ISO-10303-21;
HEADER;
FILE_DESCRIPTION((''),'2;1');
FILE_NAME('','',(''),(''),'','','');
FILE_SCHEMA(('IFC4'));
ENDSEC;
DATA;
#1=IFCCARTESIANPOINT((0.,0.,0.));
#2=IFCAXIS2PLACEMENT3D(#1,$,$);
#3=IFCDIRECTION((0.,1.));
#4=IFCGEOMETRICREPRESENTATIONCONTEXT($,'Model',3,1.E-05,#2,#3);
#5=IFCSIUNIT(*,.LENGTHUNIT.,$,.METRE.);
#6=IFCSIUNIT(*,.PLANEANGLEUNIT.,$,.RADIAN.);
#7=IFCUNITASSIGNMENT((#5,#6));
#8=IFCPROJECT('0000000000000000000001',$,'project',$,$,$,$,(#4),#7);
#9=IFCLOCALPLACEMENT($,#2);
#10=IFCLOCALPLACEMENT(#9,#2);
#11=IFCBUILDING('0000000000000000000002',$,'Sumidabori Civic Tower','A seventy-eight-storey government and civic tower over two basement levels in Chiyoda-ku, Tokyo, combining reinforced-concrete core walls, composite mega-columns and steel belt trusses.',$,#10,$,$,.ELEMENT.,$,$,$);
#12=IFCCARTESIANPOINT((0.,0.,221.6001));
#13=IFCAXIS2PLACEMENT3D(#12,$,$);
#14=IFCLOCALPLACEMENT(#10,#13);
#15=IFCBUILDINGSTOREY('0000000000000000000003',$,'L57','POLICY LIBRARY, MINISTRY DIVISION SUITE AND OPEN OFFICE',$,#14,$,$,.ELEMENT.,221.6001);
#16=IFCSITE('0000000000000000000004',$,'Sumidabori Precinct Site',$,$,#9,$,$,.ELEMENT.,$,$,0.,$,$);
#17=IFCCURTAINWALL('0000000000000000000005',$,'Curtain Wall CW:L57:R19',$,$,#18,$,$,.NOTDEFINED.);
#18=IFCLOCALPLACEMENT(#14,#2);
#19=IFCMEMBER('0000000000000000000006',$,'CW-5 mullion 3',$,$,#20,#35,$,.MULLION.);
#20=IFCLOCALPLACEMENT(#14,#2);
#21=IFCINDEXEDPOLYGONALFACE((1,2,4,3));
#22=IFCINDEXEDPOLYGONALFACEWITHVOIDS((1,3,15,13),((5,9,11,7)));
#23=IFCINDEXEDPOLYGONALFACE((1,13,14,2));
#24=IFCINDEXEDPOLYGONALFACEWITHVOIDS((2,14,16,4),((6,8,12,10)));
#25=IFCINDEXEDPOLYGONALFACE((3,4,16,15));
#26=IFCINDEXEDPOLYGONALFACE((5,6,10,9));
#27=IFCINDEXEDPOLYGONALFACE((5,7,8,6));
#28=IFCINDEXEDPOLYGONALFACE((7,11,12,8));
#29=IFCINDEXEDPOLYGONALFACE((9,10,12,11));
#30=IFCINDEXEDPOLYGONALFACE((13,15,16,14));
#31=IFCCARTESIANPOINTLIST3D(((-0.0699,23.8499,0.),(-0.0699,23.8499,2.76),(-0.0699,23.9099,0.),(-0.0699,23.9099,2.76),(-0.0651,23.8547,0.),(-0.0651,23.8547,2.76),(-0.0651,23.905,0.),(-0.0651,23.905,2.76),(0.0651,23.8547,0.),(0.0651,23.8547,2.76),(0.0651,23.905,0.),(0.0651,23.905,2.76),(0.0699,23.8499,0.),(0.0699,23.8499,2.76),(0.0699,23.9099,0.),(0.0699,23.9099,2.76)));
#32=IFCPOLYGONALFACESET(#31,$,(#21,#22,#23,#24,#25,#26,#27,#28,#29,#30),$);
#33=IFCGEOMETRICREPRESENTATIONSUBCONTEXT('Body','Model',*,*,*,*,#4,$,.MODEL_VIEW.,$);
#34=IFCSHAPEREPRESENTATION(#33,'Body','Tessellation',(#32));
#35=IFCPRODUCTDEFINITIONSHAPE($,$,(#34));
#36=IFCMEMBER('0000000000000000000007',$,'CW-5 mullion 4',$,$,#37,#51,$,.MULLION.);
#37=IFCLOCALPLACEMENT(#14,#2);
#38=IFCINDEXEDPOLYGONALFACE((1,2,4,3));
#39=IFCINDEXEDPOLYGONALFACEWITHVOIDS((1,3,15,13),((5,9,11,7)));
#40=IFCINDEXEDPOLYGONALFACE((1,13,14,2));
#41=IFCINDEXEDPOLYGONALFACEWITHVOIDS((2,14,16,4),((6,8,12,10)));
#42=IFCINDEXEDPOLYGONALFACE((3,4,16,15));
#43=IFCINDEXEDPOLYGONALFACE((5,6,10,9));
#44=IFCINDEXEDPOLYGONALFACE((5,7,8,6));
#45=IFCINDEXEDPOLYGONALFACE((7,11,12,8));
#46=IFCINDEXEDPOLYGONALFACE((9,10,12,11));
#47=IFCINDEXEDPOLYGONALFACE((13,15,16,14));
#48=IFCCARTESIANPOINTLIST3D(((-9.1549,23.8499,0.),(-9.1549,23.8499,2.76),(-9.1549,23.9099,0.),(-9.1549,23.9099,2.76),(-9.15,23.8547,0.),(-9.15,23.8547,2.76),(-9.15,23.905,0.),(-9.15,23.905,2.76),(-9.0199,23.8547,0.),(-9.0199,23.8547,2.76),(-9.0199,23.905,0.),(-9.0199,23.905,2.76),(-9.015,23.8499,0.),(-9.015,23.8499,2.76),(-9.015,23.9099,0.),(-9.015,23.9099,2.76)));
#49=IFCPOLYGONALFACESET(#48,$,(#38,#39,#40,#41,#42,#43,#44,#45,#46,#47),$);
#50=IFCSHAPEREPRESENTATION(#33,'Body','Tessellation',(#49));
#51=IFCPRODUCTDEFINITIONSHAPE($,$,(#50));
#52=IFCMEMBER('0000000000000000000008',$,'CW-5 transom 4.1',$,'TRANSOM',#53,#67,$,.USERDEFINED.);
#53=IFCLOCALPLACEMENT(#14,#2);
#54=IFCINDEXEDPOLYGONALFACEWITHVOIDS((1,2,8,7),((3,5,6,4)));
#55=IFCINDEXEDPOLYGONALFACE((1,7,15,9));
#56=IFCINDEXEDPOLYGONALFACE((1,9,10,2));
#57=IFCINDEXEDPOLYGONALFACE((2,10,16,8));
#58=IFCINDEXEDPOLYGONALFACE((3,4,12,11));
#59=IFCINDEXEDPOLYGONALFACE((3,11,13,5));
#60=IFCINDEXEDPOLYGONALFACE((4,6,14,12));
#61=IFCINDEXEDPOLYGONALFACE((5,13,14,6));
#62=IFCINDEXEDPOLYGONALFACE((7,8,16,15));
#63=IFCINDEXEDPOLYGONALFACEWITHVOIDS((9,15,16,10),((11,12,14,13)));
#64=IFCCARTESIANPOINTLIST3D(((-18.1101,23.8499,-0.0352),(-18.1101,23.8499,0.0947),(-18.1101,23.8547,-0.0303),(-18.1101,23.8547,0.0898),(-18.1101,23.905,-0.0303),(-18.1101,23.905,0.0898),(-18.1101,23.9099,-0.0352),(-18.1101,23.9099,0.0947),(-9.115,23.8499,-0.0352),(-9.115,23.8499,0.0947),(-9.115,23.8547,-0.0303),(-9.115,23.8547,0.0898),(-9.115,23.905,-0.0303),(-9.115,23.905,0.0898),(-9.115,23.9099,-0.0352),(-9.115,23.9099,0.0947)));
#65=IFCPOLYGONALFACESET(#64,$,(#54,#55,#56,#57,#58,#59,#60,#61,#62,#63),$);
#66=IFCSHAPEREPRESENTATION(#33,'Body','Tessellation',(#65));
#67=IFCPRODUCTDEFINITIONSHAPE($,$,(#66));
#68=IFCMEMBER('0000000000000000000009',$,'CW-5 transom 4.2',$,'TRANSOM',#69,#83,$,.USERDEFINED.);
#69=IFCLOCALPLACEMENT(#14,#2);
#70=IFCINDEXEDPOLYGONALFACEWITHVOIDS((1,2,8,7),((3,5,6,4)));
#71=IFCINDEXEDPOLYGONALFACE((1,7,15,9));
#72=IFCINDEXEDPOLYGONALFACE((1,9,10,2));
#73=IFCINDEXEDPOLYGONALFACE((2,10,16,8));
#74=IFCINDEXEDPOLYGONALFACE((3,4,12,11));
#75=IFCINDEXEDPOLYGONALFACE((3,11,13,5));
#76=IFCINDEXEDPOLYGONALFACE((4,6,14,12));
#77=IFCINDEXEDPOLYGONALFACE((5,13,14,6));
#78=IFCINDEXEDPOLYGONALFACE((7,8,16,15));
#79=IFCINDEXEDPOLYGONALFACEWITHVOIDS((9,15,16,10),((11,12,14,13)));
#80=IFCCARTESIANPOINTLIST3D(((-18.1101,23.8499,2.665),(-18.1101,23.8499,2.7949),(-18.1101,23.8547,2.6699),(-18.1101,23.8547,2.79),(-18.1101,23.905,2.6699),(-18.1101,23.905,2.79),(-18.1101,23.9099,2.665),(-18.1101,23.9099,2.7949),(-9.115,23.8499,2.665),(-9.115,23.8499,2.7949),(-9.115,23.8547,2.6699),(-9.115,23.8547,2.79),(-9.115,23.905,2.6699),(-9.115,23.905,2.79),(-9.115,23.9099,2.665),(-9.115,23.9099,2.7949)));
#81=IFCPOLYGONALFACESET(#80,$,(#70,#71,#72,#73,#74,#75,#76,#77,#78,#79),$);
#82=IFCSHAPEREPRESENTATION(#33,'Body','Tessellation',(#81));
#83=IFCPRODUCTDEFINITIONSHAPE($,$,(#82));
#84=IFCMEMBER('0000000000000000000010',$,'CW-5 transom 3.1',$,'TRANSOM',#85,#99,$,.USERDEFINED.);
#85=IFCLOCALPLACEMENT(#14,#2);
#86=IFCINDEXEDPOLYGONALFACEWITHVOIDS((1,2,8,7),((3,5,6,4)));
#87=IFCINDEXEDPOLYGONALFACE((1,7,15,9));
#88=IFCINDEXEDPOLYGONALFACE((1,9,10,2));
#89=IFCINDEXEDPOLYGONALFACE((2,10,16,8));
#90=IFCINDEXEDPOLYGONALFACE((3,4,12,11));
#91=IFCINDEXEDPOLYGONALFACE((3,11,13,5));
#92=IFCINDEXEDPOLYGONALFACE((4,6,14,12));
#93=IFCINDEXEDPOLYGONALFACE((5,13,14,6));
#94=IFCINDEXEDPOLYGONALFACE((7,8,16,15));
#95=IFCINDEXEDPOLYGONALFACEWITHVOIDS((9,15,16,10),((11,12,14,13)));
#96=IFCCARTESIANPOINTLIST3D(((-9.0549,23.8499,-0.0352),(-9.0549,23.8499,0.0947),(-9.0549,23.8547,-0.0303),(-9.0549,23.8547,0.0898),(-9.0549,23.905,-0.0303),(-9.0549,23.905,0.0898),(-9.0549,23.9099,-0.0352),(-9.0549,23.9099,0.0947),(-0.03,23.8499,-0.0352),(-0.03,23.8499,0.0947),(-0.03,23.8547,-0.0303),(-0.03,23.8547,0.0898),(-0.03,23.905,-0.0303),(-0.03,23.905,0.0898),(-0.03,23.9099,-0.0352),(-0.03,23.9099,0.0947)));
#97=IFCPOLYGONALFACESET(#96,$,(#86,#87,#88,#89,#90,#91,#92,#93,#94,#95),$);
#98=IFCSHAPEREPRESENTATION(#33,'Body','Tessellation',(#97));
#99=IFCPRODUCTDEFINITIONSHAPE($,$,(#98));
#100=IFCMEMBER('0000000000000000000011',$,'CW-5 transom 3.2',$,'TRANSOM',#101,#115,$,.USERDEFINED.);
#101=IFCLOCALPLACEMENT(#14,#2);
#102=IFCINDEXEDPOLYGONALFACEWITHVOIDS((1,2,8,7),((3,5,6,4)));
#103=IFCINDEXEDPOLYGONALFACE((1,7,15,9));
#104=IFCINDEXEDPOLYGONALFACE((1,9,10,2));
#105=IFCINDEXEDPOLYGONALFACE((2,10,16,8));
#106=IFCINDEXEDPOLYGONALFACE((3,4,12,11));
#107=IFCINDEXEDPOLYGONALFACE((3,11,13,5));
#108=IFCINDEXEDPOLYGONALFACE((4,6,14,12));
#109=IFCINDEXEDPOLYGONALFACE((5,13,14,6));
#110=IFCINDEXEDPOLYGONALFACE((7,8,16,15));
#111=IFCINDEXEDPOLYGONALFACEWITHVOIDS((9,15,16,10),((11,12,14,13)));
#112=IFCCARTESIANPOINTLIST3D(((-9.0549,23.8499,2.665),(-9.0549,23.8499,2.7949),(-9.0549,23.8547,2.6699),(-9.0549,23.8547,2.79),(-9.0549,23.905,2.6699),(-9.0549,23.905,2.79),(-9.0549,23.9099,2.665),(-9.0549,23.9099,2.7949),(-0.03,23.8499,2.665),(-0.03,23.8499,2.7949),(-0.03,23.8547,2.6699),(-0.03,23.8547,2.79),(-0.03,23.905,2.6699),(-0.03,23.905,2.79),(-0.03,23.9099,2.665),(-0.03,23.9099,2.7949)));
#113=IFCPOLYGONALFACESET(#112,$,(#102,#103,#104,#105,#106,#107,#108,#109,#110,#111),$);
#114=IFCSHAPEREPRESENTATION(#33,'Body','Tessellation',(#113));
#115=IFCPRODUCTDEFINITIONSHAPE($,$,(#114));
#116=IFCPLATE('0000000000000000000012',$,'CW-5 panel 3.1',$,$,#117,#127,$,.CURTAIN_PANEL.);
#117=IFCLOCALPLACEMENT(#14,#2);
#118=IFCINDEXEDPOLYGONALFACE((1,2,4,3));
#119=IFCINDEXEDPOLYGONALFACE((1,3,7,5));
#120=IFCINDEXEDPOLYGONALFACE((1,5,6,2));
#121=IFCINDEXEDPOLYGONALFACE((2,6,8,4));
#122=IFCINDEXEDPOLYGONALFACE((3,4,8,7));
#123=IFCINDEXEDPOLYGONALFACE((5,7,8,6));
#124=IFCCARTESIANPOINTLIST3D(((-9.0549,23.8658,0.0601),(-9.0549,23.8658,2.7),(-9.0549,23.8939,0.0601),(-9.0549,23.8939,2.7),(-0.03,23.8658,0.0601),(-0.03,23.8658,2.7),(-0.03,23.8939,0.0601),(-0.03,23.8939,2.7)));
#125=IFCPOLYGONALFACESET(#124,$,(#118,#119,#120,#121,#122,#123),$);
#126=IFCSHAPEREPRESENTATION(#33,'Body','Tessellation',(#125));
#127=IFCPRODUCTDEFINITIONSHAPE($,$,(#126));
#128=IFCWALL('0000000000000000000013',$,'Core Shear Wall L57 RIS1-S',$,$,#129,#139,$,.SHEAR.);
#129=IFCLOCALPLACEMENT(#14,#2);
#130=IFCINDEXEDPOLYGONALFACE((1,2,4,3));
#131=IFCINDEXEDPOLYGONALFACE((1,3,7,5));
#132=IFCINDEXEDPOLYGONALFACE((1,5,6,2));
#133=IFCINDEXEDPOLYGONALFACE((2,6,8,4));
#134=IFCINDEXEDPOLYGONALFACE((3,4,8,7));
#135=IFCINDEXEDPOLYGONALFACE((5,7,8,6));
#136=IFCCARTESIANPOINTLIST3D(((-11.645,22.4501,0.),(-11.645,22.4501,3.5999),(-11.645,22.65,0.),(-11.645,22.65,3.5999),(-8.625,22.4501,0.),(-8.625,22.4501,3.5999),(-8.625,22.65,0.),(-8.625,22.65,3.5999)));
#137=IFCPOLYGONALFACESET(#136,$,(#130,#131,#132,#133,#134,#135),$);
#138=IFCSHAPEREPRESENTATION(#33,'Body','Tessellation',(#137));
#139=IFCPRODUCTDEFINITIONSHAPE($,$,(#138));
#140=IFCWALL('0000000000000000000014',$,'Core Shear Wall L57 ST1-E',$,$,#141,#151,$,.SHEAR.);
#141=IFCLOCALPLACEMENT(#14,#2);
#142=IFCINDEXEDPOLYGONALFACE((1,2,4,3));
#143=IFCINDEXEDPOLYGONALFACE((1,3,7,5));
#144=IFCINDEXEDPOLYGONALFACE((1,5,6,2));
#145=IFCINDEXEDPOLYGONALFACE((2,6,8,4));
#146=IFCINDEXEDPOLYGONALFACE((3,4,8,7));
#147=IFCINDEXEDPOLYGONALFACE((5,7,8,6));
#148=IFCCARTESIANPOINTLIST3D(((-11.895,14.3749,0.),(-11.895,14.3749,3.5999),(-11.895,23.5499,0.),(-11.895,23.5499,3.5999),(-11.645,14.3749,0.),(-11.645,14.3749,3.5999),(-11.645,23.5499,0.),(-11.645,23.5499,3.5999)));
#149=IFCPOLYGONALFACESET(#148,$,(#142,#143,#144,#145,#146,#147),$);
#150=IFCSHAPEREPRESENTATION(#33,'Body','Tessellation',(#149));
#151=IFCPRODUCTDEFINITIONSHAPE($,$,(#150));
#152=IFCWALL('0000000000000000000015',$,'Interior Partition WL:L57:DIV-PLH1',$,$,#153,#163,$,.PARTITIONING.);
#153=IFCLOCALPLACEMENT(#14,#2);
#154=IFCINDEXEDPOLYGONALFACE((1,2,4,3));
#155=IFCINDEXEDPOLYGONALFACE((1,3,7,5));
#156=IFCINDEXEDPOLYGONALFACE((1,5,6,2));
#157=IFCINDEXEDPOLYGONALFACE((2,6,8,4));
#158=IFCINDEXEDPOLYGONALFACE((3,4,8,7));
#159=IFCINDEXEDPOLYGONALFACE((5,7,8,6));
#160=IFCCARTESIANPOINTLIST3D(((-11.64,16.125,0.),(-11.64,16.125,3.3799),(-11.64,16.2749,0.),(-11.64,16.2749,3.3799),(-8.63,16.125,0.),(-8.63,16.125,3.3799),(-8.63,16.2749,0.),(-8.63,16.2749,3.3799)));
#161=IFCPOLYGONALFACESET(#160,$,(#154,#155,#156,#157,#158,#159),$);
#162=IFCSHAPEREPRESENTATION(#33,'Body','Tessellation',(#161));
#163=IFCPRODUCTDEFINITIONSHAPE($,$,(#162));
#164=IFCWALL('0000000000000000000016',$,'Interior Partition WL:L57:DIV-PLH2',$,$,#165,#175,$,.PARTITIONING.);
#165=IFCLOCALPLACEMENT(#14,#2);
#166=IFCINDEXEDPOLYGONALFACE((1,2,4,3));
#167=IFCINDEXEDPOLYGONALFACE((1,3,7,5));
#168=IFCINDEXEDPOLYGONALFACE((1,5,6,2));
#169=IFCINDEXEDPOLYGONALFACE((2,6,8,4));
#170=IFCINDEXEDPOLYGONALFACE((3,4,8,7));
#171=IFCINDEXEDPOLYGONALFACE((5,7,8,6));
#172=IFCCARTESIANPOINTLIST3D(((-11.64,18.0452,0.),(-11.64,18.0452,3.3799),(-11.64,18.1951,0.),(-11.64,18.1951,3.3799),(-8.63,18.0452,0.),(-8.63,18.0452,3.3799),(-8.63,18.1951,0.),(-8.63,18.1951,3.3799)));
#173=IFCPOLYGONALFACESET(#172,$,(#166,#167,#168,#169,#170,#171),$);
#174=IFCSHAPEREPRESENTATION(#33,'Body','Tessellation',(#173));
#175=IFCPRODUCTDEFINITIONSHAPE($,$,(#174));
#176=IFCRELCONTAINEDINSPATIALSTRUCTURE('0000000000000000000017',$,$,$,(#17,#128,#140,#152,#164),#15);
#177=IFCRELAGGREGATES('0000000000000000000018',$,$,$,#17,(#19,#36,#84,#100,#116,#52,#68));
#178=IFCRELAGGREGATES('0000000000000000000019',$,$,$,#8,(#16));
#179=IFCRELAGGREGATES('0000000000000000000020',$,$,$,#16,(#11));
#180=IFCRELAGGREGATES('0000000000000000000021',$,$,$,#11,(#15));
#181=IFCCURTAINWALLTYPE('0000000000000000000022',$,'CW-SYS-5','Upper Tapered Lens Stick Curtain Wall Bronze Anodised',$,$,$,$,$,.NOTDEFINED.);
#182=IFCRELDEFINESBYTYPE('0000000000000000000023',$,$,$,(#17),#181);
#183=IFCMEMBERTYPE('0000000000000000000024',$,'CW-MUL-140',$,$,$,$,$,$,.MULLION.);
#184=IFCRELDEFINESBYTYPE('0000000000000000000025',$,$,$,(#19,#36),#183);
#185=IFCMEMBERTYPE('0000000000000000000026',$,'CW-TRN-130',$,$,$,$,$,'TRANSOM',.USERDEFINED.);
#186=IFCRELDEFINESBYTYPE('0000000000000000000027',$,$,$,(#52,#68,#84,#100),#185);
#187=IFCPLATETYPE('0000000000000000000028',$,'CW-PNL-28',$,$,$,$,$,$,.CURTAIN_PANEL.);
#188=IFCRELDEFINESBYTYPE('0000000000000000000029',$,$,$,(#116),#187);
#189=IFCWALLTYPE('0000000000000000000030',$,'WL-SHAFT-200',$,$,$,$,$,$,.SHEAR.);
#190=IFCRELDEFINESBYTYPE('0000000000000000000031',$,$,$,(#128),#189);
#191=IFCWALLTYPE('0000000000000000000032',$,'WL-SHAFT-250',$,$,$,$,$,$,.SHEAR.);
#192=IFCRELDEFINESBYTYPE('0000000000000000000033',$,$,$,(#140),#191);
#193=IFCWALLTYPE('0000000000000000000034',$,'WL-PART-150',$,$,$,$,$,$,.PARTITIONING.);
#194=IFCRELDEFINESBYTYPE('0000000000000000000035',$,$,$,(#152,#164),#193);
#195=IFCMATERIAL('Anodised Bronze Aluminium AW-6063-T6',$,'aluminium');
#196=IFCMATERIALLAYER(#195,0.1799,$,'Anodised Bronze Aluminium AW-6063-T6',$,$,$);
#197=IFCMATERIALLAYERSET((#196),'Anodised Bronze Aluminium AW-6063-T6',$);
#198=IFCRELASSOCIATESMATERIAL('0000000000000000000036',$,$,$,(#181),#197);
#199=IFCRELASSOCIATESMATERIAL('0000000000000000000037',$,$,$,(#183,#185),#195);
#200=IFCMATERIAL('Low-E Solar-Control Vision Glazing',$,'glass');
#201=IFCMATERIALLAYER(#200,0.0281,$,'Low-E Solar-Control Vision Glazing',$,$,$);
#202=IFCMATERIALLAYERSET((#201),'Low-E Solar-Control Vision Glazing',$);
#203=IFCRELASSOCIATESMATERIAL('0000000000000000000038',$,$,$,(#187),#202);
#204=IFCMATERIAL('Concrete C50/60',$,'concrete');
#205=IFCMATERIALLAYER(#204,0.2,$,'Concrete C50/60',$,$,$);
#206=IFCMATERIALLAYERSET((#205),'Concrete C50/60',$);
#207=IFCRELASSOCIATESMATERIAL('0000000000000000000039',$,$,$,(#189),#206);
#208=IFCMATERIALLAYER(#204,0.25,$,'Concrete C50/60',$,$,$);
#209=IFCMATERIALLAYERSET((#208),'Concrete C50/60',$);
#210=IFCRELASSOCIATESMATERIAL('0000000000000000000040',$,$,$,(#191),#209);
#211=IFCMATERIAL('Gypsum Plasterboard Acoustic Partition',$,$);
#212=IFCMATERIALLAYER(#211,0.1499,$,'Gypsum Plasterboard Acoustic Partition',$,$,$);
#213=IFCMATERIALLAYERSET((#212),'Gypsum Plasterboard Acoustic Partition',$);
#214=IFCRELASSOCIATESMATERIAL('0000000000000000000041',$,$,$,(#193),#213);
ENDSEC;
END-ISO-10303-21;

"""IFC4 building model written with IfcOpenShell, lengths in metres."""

from ifc_helpers import new_model, si_unit, direction, frame, frame_2d, origin, origin_2d, place, context, subcontext, project, spatial, rectangle, hollow_rectangle, extrude, source, transform, mapped, material, layer, layer_set, material_profile, profile_set, type_object, element, aggregate, save


model = new_model("IFC4")

# Units and contexts
model_context = context("Model", 3, precision=1e-05, world=origin(), true_north=direction((0.0, 1.0)))
body_context = subcontext(model_context, "Body", "Model", "MODEL_VIEW")
ifc_project = project(units=[si_unit("LENGTHUNIT", "METRE"), si_unit("PLANEANGLEUNIT", "RADIAN")], contexts=[model_context])

# Site, building, storey
site_placement = place(None, origin())
site = spatial("IfcSite", under=ifc_project, at=site_placement, Name="Sumidabori Precinct Site", CompositionType="ELEMENT", RefElevation=0.0)
building_placement = place(site_placement, origin())
building = spatial("IfcBuilding", under=site, at=building_placement, Name="Sumidabori Civic Tower", Description="A seventy-eight-storey government and civic tower over two basement levels in Chiyoda-ku, Tokyo, combining reinforced-concrete core walls, composite mega-columns and steel belt trusses.", CompositionType="ELEMENT")
storey_placement = place(building_placement, frame((0.0, 0.0, 221.6001)))
storey = spatial("IfcBuildingStorey", under=building, at=storey_placement, Name="L57", Description="POLICY LIBRARY, MINISTRY DIVISION SUITE AND OPEN OFFICE", CompositionType="ELEMENT", Elevation=221.6001)

# Curtain wall, members, plate
ifc_material_1 = material(Name="Anodised Bronze Aluminium AW-6063-T6", Category="aluminium")
ifc_layer_1 = layer(ifc_material_1, 0.1799, Name="Anodised Bronze Aluminium AW-6063-T6")
ifc_layer_set_1 = layer_set([ifc_layer_1], Name="Anodised Bronze Aluminium AW-6063-T6")
curtain_wall_type = type_object("IfcCurtainWallType", Name="CW-SYS-5", Description="Upper Tapered Lens Stick Curtain Wall Bronze Anodised", PredefinedType="NOTDEFINED", material=ifc_layer_set_1)
curtain_wall_placement = place(storey_placement, origin())
curtain_wall = element("IfcCurtainWall", 1, at=curtain_wall_placement, inside=storey, type_object=curtain_wall_type, Name="Curtain Wall CW:L57:R19", PredefinedType="NOTDEFINED")
ifc_material_profile_1 = material_profile(ifc_material_1, hollow_rectangle(XDim=0.0601, YDim=0.1399, WallThickness=0.0049, at=origin_2d()), Name="ALU MULLION 140x60")
ifc_profile_set_1 = profile_set([ifc_material_profile_1], Name="Anodised Bronze Aluminium AW-6063-T6")
member_type_1 = type_object("IfcMemberType", Name="CW-MUL-140", PredefinedType="MULLION", material=ifc_profile_set_1)
shared_shape_1 = source(origin(), body_context, "Body", "SweptSolid", [
    extrude(hollow_rectangle(XDim=0.0601, YDim=0.1399, WallThickness=0.0049, at=origin_2d()), origin(), (0.0, 0.0, 1.0), 2.76),
])
member_1_placement = place(storey_placement, frame((0.0, 23.8799, 0.0), z_axis=(0.0, 0.0, 1.0), x_axis=(0.0, -1.0, 0.0)))
member_1 = element("IfcMember", 2, at=member_1_placement, type_object=member_type_1, Name="CW-5 mullion 3", PredefinedType="MULLION", context=body_context, shape_type="MappedRepresentation", body=[
    mapped(shared_shape_1, transform((0.0, 0.0, 0.0), x_axis=(1.0, 0.0, 0.0), y_axis=(0.0, 1.0, 0.0), z_axis=(0.0, 0.0, 1.0), scale=1.0)),
])
member_2_placement = place(storey_placement, frame((-9.085, 23.8799, 0.0), z_axis=(0.0, 0.0, 1.0), x_axis=(0.0, -1.0, 0.0)))
member_2 = element("IfcMember", 3, at=member_2_placement, type_object=member_type_1, Name="CW-5 mullion 4", PredefinedType="MULLION", context=body_context, shape_type="MappedRepresentation", body=[
    mapped(shared_shape_1, transform((0.0, 0.0, 0.0), x_axis=(1.0, 0.0, 0.0), y_axis=(0.0, 1.0, 0.0), z_axis=(0.0, 0.0, 1.0), scale=1.0)),
])
ifc_material_profile_2 = material_profile(ifc_material_1, hollow_rectangle(XDim=0.0601, YDim=0.1299, WallThickness=0.0049, at=origin_2d()), Name="ALU TRANSOM 130x60")
ifc_profile_set_2 = profile_set([ifc_material_profile_2], Name="Anodised Bronze Aluminium AW-6063-T6")
member_type_2 = type_object("IfcMemberType", Name="CW-TRN-130", ElementType="TRANSOM", PredefinedType="USERDEFINED", material=ifc_profile_set_2)
shared_shape_2 = source(origin(), body_context, "Body", "SweptSolid", [
    extrude(hollow_rectangle(XDim=0.0601, YDim=0.1299, WallThickness=0.0049, at=origin_2d()), origin(), (0.0, 0.0, 1.0), 8.9951),
])
member_3_placement = place(storey_placement, frame((-9.115, 23.8799, 0.0298), z_axis=(-1.0, 0.0, 0.0), x_axis=(0.0, -1.0, 0.0)))
member_3 = element("IfcMember", 4, at=member_3_placement, type_object=member_type_2, Name="CW-5 transom 4.1", ObjectType="TRANSOM", PredefinedType="USERDEFINED", context=body_context, shape_type="MappedRepresentation", body=[
    mapped(shared_shape_2, transform((0.0, 0.0, 0.0), x_axis=(1.0, 0.0, 0.0), y_axis=(0.0, 1.0, 0.0), z_axis=(0.0, 0.0, 1.0), scale=1.0)),
])
member_4_placement = place(storey_placement, frame((-9.115, 23.8799, 2.73), z_axis=(-1.0, 0.0, 0.0), x_axis=(0.0, -1.0, 0.0)))
member_4 = element("IfcMember", 5, at=member_4_placement, type_object=member_type_2, Name="CW-5 transom 4.2", ObjectType="TRANSOM", PredefinedType="USERDEFINED", context=body_context, shape_type="MappedRepresentation", body=[
    mapped(shared_shape_2, transform((0.0, 0.0, 0.0), x_axis=(1.0, 0.0, 0.0), y_axis=(0.0, 1.0, 0.0), z_axis=(0.0, 0.0, 1.0), scale=1.0)),
])
shared_shape_3 = source(origin(), body_context, "Body", "SweptSolid", [
    extrude(hollow_rectangle(XDim=0.0601, YDim=0.1299, WallThickness=0.0049, at=origin_2d()), origin(), (0.0, 0.0, 1.0), 9.0249),
])
member_5_placement = place(storey_placement, frame((-0.03, 23.8799, 0.0298), z_axis=(-1.0, 0.0, 0.0), x_axis=(0.0, -1.0, 0.0)))
member_5 = element("IfcMember", 6, at=member_5_placement, type_object=member_type_2, Name="CW-5 transom 3.1", ObjectType="TRANSOM", PredefinedType="USERDEFINED", context=body_context, shape_type="MappedRepresentation", body=[
    mapped(shared_shape_3, transform((0.0, 0.0, 0.0), x_axis=(1.0, 0.0, 0.0), y_axis=(0.0, 1.0, 0.0), z_axis=(0.0, 0.0, 1.0), scale=1.0)),
])
member_6_placement = place(storey_placement, frame((-0.03, 23.8799, 2.73), z_axis=(-1.0, 0.0, 0.0), x_axis=(0.0, -1.0, 0.0)))
member_6 = element("IfcMember", 7, at=member_6_placement, type_object=member_type_2, Name="CW-5 transom 3.2", ObjectType="TRANSOM", PredefinedType="USERDEFINED", context=body_context, shape_type="MappedRepresentation", body=[
    mapped(shared_shape_3, transform((0.0, 0.0, 0.0), x_axis=(1.0, 0.0, 0.0), y_axis=(0.0, 1.0, 0.0), z_axis=(0.0, 0.0, 1.0), scale=1.0)),
])
ifc_material_2 = material(Name="Low-E Solar-Control Vision Glazing", Category="glass")
ifc_layer_2 = layer(ifc_material_2, 0.0281, Name="Low-E Solar-Control Vision Glazing")
ifc_layer_set_2 = layer_set([ifc_layer_2], Name="Low-E Solar-Control Vision Glazing")
plate_type = type_object("IfcPlateType", Name="CW-PNL-28", PredefinedType="CURTAIN_PANEL", material=ifc_layer_set_2)
shared_shape_4 = source(origin(), body_context, "Body", "SweptSolid", [
    extrude(rectangle(XDim=9.0249, YDim=0.0281, at=origin_2d()), origin(), (0.0, 0.0, 1.0), 2.6399),
])
plate_placement = place(storey_placement, frame((-4.5425, 23.8799, 0.0601), z_axis=(0.0, 0.0, 1.0), x_axis=(-1.0, 0.0, 0.0)))
plate = element("IfcPlate", 8, at=plate_placement, type_object=plate_type, Name="CW-5 panel 3.1", PredefinedType="CURTAIN_PANEL", context=body_context, shape_type="MappedRepresentation", body=[
    mapped(shared_shape_4, transform((0.0, 0.0, 0.0), x_axis=(1.0, 0.0, 0.0), y_axis=(0.0, 1.0, 0.0), z_axis=(0.0, 0.0, 1.0), scale=1.0)),
])
aggregate(curtain_wall, [member_1, member_2, member_5, member_6, plate, member_3, member_4])

# Walls
ifc_material_3 = material(Name="Concrete C50/60", Category="concrete")
ifc_layer_3 = layer(ifc_material_3, 0.2, Name="Concrete C50/60")
ifc_layer_set_3 = layer_set([ifc_layer_3], Name="Concrete C50/60")
wall_type_1 = type_object("IfcWallType", Name="WL-SHAFT-200", PredefinedType="SHEAR", material=ifc_layer_set_3)
shared_shape_5 = source(origin(), body_context, "Body", "SweptSolid", [
    extrude(rectangle(XDim=3.02, YDim=0.2, at=frame_2d((1.51, 0.0))), origin(), (0.0, 0.0, 1.0), 3.5999),
])
wall_1_placement = place(storey_placement, frame((-11.645, 22.55, 0.0), z_axis=(0.0, 0.0, 1.0), x_axis=(1.0, 0.0, 0.0)))
element("IfcWall", 9, at=wall_1_placement, inside=storey, type_object=wall_type_1, Name="Core Shear Wall L57 RIS1-S", PredefinedType="SHEAR", context=body_context, shape_type="MappedRepresentation", body=[
    mapped(shared_shape_5, transform((0.0, 0.0, 0.0), x_axis=(1.0, 0.0, 0.0), y_axis=(0.0, 1.0, 0.0), z_axis=(0.0, 0.0, 1.0), scale=1.0)),
])
ifc_layer_4 = layer(ifc_material_3, 0.25, Name="Concrete C50/60")
ifc_layer_set_4 = layer_set([ifc_layer_4], Name="Concrete C50/60")
wall_type_2 = type_object("IfcWallType", Name="WL-SHAFT-250", PredefinedType="SHEAR", material=ifc_layer_set_4)
shared_shape_6 = source(origin(), body_context, "Body", "SweptSolid", [
    extrude(rectangle(XDim=9.175, YDim=0.25, at=frame_2d((4.5874, 0.0))), origin(), (0.0, 0.0, 1.0), 3.5999),
])
wall_2_placement = place(storey_placement, frame((-11.77, 14.375, 0.0), z_axis=(0.0, 0.0, 1.0), x_axis=(0.0, 1.0, 0.0)))
element("IfcWall", 10, at=wall_2_placement, inside=storey, type_object=wall_type_2, Name="Core Shear Wall L57 ST1-E", PredefinedType="SHEAR", context=body_context, shape_type="MappedRepresentation", body=[
    mapped(shared_shape_6, transform((0.0, 0.0, 0.0), x_axis=(1.0, 0.0, 0.0), y_axis=(0.0, 1.0, 0.0), z_axis=(0.0, 0.0, 1.0), scale=1.0)),
])
ifc_material_4 = material(Name="Gypsum Plasterboard Acoustic Partition")
ifc_layer_5 = layer(ifc_material_4, 0.1499, Name="Gypsum Plasterboard Acoustic Partition")
ifc_layer_set_5 = layer_set([ifc_layer_5], Name="Gypsum Plasterboard Acoustic Partition")
wall_type_3 = type_object("IfcWallType", Name="WL-PART-150", PredefinedType="PARTITIONING", material=ifc_layer_set_5)
shared_shape_7 = source(origin(), body_context, "Body", "SweptSolid", [
    extrude(rectangle(XDim=3.01, YDim=0.1499, at=frame_2d((1.5049, 0.0))), origin(), (0.0, 0.0, 1.0), 3.3799),
])
for number, where, z_axis, x_axis, name in (
    (11, (-11.6399, 16.2, 0.0), (0.0, 0.0, 1.0), (1.0, 0.0, 0.0), "Interior Partition WL:L57:DIV-PLH1"),
    (12, (-11.6399, 18.1201, 0.0), (0.0, 0.0, 1.0), (1.0, 0.0, 0.0), "Interior Partition WL:L57:DIV-PLH2"),
):
    element("IfcWall", number, at=place(storey_placement, frame(where, z_axis=z_axis, x_axis=x_axis)), inside=storey, type_object=wall_type_3, Name=name, PredefinedType="PARTITIONING", context=body_context, shape_type="MappedRepresentation", body=[
        mapped(shared_shape_7, transform((0.0, 0.0, 0.0), x_axis=(1.0, 0.0, 0.0), y_axis=(0.0, 1.0, 0.0), z_axis=(0.0, 0.0, 1.0), scale=1.0)),
    ])

save(model, "model.ifc")
